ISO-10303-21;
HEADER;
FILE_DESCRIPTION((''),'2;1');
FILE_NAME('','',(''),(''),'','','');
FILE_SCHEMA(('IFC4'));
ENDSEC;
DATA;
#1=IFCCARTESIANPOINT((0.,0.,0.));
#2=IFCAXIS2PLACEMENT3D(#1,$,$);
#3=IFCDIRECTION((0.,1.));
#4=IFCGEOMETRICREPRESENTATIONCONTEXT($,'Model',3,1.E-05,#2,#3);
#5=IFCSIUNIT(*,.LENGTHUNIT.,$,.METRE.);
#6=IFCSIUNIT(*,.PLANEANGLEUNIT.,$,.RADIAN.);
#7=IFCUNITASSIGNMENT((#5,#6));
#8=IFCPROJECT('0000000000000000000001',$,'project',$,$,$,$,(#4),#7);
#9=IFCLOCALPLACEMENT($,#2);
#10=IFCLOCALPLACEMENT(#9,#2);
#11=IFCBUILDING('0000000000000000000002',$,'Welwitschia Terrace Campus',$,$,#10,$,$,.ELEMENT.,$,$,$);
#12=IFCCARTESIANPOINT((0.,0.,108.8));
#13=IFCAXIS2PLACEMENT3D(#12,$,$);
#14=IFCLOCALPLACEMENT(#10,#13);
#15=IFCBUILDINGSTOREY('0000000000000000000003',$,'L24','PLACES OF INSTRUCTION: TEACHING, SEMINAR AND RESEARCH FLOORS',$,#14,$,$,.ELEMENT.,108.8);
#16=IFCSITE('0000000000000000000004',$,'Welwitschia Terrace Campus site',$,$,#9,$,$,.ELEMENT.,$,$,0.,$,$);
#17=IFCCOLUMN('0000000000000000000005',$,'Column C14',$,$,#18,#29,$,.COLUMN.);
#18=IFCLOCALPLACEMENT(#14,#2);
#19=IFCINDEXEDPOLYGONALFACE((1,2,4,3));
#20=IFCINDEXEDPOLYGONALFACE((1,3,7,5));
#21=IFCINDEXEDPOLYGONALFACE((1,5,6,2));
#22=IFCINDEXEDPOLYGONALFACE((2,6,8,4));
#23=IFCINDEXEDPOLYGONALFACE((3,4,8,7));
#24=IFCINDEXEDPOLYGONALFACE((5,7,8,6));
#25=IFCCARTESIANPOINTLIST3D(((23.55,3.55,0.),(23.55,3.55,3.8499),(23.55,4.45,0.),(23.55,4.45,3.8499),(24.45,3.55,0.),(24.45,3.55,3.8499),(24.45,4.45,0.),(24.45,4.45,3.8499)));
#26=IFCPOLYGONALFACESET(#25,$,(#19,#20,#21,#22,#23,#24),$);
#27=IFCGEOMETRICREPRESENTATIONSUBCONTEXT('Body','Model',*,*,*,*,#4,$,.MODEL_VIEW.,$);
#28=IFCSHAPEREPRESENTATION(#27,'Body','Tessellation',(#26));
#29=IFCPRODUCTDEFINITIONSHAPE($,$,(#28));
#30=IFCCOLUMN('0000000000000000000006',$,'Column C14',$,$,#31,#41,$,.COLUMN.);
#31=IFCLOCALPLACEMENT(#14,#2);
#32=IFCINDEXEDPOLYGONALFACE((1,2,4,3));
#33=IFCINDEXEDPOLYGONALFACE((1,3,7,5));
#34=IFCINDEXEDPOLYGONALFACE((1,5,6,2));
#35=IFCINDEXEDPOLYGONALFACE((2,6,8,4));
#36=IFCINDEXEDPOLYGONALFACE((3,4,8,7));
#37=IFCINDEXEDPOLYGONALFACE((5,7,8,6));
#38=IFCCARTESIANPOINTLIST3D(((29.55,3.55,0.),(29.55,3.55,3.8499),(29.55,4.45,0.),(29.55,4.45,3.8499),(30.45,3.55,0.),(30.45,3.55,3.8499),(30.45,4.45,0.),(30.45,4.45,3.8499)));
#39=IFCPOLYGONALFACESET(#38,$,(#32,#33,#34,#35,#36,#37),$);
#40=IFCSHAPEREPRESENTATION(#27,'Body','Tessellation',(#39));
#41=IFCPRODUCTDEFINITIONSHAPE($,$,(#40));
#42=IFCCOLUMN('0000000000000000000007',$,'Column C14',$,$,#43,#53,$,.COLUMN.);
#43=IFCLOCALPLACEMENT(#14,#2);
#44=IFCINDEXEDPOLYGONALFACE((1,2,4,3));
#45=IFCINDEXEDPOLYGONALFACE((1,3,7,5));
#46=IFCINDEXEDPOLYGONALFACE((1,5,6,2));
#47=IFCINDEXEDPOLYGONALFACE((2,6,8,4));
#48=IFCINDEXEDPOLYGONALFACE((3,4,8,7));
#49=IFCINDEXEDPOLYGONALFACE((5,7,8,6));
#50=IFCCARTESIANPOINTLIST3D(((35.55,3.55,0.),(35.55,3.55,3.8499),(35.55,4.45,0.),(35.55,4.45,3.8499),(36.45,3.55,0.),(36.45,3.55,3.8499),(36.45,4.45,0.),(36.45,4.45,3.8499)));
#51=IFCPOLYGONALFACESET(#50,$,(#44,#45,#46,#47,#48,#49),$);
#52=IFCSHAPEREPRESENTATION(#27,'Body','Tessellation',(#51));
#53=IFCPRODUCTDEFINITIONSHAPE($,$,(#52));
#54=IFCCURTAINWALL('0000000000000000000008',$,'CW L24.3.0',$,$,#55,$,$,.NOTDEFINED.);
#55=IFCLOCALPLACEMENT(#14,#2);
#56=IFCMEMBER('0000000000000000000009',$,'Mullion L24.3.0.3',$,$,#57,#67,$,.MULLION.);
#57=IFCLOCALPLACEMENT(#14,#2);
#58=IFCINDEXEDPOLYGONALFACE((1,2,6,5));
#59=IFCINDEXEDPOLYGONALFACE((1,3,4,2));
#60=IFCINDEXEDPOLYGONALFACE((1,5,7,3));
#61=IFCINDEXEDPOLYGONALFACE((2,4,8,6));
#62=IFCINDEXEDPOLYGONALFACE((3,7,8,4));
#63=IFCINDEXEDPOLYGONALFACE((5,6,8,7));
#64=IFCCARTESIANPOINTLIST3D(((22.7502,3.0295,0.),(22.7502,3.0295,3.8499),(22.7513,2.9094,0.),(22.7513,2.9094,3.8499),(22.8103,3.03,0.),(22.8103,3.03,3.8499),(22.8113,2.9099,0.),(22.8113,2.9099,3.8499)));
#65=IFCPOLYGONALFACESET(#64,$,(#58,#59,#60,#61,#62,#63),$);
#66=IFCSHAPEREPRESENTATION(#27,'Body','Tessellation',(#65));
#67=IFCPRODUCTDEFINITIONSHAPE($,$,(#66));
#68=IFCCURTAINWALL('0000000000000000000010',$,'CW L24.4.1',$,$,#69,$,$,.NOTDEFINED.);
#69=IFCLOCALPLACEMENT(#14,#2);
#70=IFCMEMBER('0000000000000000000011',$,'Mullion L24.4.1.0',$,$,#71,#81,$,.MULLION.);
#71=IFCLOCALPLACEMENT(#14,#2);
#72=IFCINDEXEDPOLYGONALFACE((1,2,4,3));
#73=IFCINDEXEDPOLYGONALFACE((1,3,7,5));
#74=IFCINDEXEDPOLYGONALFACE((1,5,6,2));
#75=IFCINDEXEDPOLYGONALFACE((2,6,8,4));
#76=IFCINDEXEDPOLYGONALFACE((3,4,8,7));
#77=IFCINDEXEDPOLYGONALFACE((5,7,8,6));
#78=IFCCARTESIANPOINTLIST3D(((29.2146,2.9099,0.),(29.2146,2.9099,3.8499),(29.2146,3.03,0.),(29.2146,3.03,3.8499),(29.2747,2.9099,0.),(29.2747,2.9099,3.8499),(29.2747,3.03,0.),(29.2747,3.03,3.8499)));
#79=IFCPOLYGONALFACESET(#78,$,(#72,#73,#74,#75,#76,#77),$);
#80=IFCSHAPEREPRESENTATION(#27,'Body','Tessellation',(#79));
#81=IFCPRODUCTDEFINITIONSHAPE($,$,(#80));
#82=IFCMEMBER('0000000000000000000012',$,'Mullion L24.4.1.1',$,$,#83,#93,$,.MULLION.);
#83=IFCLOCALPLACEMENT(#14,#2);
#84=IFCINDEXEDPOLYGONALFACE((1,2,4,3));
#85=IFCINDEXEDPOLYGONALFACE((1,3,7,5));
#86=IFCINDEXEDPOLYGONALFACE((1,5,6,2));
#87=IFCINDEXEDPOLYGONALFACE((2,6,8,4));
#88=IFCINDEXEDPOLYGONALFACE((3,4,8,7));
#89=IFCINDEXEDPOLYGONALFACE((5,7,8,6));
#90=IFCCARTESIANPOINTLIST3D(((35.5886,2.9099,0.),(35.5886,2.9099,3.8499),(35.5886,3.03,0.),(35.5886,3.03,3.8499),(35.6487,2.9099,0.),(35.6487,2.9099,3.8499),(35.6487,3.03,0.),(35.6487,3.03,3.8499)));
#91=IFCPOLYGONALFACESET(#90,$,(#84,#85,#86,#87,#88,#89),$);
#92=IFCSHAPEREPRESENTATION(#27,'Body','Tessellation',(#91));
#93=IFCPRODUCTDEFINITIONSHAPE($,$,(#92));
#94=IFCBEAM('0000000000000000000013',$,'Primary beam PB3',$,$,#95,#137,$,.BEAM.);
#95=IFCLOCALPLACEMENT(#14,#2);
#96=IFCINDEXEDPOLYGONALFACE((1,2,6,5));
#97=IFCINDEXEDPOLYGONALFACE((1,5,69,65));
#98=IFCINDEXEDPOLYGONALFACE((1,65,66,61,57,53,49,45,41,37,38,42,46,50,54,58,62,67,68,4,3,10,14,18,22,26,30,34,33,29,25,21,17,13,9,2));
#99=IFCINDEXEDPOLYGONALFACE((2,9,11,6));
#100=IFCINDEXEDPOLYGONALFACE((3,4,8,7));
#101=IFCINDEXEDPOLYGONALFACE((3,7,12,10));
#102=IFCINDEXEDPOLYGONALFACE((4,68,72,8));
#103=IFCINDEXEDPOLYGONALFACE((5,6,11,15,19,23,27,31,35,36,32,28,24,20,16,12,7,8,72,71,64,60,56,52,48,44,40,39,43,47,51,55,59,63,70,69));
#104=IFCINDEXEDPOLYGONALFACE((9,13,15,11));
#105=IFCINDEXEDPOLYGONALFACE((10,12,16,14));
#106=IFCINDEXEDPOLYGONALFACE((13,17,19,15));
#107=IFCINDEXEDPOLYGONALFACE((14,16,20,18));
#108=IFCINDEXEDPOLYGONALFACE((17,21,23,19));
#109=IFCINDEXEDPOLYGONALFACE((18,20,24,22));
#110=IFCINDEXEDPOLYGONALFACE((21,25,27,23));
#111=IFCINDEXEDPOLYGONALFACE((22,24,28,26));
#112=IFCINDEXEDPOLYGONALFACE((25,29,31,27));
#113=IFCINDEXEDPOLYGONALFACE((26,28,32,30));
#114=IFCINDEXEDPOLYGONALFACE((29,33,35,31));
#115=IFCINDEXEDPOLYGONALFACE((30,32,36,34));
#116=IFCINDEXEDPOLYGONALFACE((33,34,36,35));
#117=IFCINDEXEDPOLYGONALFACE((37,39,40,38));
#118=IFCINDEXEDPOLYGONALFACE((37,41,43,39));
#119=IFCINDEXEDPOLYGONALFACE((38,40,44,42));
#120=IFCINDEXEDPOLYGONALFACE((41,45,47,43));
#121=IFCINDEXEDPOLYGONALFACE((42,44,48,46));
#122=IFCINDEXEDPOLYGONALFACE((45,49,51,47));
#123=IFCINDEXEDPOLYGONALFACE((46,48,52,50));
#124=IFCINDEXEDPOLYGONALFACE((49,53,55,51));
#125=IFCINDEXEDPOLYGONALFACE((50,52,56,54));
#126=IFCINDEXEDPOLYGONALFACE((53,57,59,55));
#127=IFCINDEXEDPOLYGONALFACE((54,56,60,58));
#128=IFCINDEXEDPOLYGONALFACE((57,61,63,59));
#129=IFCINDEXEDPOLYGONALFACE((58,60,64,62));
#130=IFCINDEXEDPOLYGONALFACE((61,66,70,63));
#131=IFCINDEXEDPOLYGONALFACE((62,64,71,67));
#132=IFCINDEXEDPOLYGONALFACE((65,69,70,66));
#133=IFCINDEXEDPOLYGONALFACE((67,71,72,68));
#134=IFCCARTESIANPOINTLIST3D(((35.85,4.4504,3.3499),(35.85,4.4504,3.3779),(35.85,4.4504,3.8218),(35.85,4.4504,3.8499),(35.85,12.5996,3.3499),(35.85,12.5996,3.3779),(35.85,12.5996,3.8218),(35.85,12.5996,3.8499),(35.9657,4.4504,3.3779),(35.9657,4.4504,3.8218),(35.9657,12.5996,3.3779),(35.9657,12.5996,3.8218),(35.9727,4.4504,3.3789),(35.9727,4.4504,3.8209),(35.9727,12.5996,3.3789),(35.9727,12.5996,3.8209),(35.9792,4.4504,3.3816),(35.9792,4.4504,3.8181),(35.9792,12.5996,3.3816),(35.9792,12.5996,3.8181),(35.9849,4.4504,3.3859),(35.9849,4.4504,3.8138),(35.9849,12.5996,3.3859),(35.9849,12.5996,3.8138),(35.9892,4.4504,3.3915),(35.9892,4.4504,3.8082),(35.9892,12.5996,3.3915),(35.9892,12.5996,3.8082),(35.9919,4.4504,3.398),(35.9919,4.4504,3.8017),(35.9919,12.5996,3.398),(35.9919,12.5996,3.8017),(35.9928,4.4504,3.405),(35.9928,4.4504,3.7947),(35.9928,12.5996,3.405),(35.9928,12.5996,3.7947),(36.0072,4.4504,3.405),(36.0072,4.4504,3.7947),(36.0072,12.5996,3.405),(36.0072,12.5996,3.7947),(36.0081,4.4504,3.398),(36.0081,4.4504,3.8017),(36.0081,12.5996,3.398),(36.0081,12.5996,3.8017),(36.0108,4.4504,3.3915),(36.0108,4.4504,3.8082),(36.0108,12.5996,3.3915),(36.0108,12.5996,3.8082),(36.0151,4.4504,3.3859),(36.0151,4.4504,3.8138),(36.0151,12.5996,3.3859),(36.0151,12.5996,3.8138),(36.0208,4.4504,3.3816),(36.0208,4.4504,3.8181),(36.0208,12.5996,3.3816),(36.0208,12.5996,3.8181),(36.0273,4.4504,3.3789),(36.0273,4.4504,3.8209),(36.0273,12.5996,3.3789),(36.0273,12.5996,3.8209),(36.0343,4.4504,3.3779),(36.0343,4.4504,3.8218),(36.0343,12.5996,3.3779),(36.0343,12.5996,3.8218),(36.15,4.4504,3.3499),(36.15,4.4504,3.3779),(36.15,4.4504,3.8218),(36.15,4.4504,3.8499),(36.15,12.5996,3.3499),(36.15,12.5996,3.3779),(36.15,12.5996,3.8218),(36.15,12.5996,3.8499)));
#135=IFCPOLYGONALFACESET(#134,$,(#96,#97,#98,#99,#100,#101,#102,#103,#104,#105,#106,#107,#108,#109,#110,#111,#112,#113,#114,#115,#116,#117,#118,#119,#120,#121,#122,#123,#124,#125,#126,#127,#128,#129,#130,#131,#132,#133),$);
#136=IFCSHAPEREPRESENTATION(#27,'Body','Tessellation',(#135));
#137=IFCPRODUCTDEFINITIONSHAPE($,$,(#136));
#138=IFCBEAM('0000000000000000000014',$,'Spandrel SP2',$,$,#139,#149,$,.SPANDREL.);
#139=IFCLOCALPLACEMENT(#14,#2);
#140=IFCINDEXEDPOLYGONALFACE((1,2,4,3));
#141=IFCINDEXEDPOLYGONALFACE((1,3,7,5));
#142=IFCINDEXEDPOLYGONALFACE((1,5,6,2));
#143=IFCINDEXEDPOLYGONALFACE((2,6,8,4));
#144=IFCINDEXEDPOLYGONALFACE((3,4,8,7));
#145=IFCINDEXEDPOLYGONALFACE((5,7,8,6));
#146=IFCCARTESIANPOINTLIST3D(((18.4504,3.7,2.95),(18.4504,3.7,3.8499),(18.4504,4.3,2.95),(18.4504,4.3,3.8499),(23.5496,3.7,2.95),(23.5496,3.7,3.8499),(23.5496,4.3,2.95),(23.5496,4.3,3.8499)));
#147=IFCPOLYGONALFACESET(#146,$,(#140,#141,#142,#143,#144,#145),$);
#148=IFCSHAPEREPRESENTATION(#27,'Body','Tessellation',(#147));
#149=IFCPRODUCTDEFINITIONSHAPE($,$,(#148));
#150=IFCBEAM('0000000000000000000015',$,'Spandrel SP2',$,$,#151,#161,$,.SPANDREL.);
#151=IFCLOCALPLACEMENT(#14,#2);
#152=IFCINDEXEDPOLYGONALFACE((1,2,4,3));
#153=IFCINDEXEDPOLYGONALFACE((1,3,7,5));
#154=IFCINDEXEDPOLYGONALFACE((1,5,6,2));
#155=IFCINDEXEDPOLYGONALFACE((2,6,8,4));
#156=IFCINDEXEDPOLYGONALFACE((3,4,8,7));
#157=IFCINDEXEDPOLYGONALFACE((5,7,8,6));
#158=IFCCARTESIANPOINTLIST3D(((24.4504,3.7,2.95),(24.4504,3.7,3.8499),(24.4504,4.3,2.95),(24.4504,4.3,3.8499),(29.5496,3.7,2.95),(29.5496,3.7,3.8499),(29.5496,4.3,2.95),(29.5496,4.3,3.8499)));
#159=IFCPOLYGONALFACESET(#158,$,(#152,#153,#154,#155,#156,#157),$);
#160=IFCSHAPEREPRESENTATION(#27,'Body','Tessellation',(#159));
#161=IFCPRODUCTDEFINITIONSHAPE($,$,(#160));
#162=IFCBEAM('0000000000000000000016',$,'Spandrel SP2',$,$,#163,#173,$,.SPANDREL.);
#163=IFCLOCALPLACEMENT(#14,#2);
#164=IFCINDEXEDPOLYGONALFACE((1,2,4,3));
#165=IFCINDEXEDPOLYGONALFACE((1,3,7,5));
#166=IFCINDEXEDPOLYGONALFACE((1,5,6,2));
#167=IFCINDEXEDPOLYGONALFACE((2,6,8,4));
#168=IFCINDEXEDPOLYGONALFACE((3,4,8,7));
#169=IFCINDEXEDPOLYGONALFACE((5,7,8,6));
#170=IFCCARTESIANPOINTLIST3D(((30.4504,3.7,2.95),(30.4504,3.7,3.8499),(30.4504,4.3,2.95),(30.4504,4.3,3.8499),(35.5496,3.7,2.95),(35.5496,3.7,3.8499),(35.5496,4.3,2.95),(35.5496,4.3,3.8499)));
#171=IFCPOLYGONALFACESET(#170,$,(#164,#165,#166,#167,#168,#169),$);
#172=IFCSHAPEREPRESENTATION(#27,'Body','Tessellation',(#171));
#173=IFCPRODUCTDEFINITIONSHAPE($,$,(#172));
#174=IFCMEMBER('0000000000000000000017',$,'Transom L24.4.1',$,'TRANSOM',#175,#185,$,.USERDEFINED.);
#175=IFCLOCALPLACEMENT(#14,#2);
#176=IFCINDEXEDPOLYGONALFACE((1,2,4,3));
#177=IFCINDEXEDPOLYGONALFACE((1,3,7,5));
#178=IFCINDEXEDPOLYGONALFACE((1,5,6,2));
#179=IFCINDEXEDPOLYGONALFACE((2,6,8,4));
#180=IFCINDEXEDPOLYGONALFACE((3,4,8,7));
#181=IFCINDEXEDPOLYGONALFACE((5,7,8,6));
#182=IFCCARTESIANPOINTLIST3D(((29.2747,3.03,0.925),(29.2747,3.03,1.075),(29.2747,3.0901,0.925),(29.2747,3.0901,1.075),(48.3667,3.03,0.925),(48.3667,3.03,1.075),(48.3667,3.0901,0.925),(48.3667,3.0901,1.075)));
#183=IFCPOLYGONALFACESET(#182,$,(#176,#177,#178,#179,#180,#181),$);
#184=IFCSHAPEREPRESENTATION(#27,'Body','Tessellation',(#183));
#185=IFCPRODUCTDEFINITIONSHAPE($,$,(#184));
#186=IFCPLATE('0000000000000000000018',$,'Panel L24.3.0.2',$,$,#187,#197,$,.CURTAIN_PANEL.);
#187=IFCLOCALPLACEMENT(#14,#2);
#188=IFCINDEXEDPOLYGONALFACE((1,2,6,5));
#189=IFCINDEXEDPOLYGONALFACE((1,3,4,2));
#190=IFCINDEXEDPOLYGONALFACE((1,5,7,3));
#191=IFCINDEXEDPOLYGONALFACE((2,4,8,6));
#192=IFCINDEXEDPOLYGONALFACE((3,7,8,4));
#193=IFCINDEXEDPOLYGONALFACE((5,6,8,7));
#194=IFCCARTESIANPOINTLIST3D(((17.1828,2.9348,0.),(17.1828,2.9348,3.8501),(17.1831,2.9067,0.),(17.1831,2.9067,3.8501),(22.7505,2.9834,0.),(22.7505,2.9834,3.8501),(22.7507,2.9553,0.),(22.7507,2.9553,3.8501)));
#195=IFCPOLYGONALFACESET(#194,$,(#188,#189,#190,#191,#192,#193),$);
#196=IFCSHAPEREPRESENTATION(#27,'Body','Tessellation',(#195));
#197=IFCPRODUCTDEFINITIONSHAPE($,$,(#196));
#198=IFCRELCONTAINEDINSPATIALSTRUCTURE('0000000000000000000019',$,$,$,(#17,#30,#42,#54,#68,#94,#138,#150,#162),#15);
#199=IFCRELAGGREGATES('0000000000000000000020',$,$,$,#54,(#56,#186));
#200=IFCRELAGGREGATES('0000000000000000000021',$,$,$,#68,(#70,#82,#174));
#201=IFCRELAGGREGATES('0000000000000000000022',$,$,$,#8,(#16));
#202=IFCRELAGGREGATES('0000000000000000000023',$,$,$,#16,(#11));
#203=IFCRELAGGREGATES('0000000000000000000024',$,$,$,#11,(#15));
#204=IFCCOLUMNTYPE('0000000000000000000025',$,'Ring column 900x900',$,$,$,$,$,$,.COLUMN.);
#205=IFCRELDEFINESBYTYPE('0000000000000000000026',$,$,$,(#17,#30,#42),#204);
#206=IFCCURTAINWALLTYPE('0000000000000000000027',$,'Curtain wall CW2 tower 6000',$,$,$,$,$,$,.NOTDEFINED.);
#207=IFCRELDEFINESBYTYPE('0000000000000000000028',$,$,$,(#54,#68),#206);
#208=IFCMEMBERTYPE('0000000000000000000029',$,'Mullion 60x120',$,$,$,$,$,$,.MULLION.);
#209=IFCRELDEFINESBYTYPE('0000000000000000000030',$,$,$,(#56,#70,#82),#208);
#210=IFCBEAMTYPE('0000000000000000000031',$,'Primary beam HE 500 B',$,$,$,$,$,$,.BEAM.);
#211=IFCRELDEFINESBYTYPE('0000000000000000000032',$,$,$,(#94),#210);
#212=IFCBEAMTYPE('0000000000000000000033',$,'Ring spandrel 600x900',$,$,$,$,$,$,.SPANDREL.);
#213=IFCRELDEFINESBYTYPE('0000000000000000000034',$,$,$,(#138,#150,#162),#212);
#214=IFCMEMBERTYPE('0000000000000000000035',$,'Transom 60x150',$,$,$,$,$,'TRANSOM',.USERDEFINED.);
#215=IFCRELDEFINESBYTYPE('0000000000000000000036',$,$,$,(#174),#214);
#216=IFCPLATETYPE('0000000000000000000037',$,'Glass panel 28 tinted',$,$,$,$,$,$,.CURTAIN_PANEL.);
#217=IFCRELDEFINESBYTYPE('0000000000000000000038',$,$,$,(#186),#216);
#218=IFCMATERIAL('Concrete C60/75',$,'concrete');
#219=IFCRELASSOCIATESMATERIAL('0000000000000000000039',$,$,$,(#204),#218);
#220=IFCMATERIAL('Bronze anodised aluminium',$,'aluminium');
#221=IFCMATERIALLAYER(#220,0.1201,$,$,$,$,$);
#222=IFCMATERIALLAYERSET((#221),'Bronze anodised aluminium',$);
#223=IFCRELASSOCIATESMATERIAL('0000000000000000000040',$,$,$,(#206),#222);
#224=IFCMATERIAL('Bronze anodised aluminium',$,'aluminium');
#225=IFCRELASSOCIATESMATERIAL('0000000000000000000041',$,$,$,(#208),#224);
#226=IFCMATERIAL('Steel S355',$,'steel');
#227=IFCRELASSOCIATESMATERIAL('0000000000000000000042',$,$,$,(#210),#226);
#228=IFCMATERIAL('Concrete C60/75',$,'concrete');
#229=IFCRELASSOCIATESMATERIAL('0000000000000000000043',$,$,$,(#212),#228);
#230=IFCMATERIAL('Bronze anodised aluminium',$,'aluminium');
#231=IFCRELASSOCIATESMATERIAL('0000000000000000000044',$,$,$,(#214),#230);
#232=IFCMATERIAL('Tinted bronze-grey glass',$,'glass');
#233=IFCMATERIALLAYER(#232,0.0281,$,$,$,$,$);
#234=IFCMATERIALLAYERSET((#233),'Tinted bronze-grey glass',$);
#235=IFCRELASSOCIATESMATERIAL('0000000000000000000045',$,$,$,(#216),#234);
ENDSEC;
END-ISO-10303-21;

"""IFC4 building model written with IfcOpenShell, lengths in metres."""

from ifc_helpers import new_model, si_unit, direction, frame, origin, origin_2d, place, context, subcontext, project, spatial, rectangle, i_section, extrude, material, layer, layer_set, material_profile, profile_set, type_object, element, aggregate, save


model = new_model("IFC4")

# Units and contexts
model_context = context("Model", 3, precision=1e-05, world=origin(), true_north=direction((0.0, 1.0)))
body_context = subcontext(model_context, "Body", "Model", "MODEL_VIEW")
ifc_project = project(units=[si_unit("LENGTHUNIT", "METRE"), si_unit("PLANEANGLEUNIT", "RADIAN")], contexts=[model_context])

# Site, building, storey
site_placement = place(None, origin())
site = spatial("IfcSite", under=ifc_project, at=site_placement, Name="Welwitschia Terrace Campus site", CompositionType="ELEMENT", RefElevation=0.0)
building_placement = place(site_placement, origin())
building = spatial("IfcBuilding", under=site, at=building_placement, Name="Welwitschia Terrace Campus", CompositionType="ELEMENT")
storey_placement = place(building_placement, frame((0.0, 0.0, 108.8)))
storey = spatial("IfcBuildingStorey", under=building, at=storey_placement, Name="L24", Description="PLACES OF INSTRUCTION: TEACHING, SEMINAR AND RESEARCH FLOORS", CompositionType="ELEMENT", Elevation=108.8)

# Columns
ifc_material_1 = material(Name="Concrete C60/75", Category="concrete")
ifc_material_profile_1 = material_profile(ifc_material_1, rectangle(XDim=0.8999, YDim=0.8999, at=origin_2d()))
ifc_profile_set_1 = profile_set([ifc_material_profile_1], Name="Concrete C60/75")
column_type = type_object("IfcColumnType", Name="Ring column 900x900", PredefinedType="COLUMN", material=ifc_profile_set_1)
for number, where, z_axis, x_axis, name in (
    (1, (24.0, 4.0, 0.0), (0.0, 0.0, 1.0), (1.0, 0.0, 0.0), "Column C14"),
    (2, (30.0, 4.0, 0.0), (0.0, 0.0, 1.0), (1.0, 0.0, 0.0), "Column C14"),
    (3, (36.0, 4.0, 0.0), (0.0, 0.0, 1.0), (1.0, 0.0, 0.0), "Column C14"),
):
    element("IfcColumn", number, at=place(storey_placement, frame(where, z_axis=z_axis, x_axis=x_axis)), inside=storey, type_object=column_type, Name=name, PredefinedType="COLUMN", context=body_context, shape_type="SweptSolid", body=[
        extrude(rectangle(XDim=0.8999, YDim=0.8999, at=origin_2d()), origin(), (0.0, 0.0, 1.0), 3.8499),
    ])

# Curtain wall, member
ifc_material_2 = material(Name="Bronze anodised aluminium", Category="aluminium")
ifc_layer_1 = layer(ifc_material_2, 0.1201)
ifc_layer_set_1 = layer_set([ifc_layer_1], Name="Bronze anodised aluminium")
curtain_wall_type = type_object("IfcCurtainWallType", Name="Curtain wall CW2 tower 6000", PredefinedType="NOTDEFINED", material=ifc_layer_set_1)
curtain_wall_1_placement = place(storey_placement, origin())
curtain_wall_1 = element("IfcCurtainWall", 4, at=curtain_wall_1_placement, inside=storey, type_object=curtain_wall_type, Name="CW L24.3.0", PredefinedType="NOTDEFINED")
ifc_material_3 = material(Name="Bronze anodised aluminium", Category="aluminium")
ifc_material_profile_2 = material_profile(ifc_material_3, rectangle(XDim=0.1201, YDim=0.0601, at=origin_2d()))
ifc_profile_set_2 = profile_set([ifc_material_profile_2], Name="Bronze anodised aluminium")
member_type_1 = type_object("IfcMemberType", Name="Mullion 60x120", PredefinedType="MULLION", material=ifc_profile_set_2)
member_1_placement = place(storey_placement, frame((22.7808, 2.9697, 0.0), z_axis=(0.0, 0.0, 1.0), x_axis=(-0.008727, 0.999962, 0.0)))
member_1 = element("IfcMember", 5, at=member_1_placement, type_object=member_type_1, Name="Mullion L24.3.0.3", PredefinedType="MULLION", context=body_context, shape_type="SweptSolid", body=[
    extrude(rectangle(XDim=0.1201, YDim=0.0601, at=origin_2d()), origin(), (0.0, 0.0, 1.0), 3.8499),
])

# Curtain wall, members
curtain_wall_2_placement = place(storey_placement, origin())
curtain_wall_2 = element("IfcCurtainWall", 6, at=curtain_wall_2_placement, inside=storey, type_object=curtain_wall_type, Name="CW L24.4.1", PredefinedType="NOTDEFINED")
member_2_placement = place(storey_placement, frame((29.2446, 2.97, 0.0), z_axis=(0.0, 0.0, 1.0), x_axis=(0.0, 1.0, 0.0)))
member_2 = element("IfcMember", 7, at=member_2_placement, type_object=member_type_1, Name="Mullion L24.4.1.0", PredefinedType="MULLION", context=body_context, shape_type="SweptSolid", body=[
    extrude(rectangle(XDim=0.1201, YDim=0.0601, at=origin_2d()), origin(), (0.0, 0.0, 1.0), 3.8499),
])
member_3_placement = place(storey_placement, frame((35.6187, 2.97, 0.0), z_axis=(0.0, 0.0, 1.0), x_axis=(0.0, 1.0, 0.0)))
member_3 = element("IfcMember", 8, at=member_3_placement, type_object=member_type_1, Name="Mullion L24.4.1.1", PredefinedType="MULLION", context=body_context, shape_type="SweptSolid", body=[
    extrude(rectangle(XDim=0.1201, YDim=0.0601, at=origin_2d()), origin(), (0.0, 0.0, 1.0), 3.8499),
])

# Beams
ifc_material_4 = material(Name="Steel S355", Category="steel")
ifc_material_profile_3 = material_profile(ifc_material_4, i_section(OverallWidth=0.3, OverallDepth=0.5, WebThickness=0.0144, FlangeThickness=0.0281, FilletRadius=0.0271, at=origin_2d()))
ifc_profile_set_3 = profile_set([ifc_material_profile_3], Name="Steel S355")
beam_type_1 = type_object("IfcBeamType", Name="Primary beam HE 500 B", PredefinedType="BEAM", material=ifc_profile_set_3)
beam_placement = place(storey_placement, frame((36.0, 4.4504, 3.5999), z_axis=(0.0, 1.0, 0.0), x_axis=(-1.0, 0.0, 0.0)))
element("IfcBeam", 9, at=beam_placement, inside=storey, type_object=beam_type_1, Name="Primary beam PB3", PredefinedType="BEAM", context=body_context, shape_type="SweptSolid", body=[
    extrude(i_section(OverallWidth=0.3, OverallDepth=0.5, WebThickness=0.0144, FlangeThickness=0.0281, FilletRadius=0.0271, at=origin_2d()), origin(), (0.0, 0.0, 1.0), 8.1492),
])
ifc_material_5 = material(Name="Concrete C60/75", Category="concrete")
ifc_material_profile_4 = material_profile(ifc_material_5, rectangle(XDim=0.6001, YDim=0.8999, at=origin_2d()))
ifc_profile_set_4 = profile_set([ifc_material_profile_4], Name="Concrete C60/75")
beam_type_2 = type_object("IfcBeamType", Name="Ring spandrel 600x900", PredefinedType="SPANDREL", material=ifc_profile_set_4)
for number, where, z_axis, x_axis, name in (
    (10, (18.4504, 4.0, 3.3999), (1.0, 0.0, 0.0), (0.0, 1.0, 0.0), "Spandrel SP2"),
    (11, (24.4504, 4.0, 3.3999), (1.0, 0.0, 0.0), (0.0, 1.0, 0.0), "Spandrel SP2"),
    (12, (30.4504, 4.0, 3.3999), (1.0, 0.0, 0.0), (0.0, 1.0, 0.0), "Spandrel SP2"),
):
    element("IfcBeam", number, at=place(storey_placement, frame(where, z_axis=z_axis, x_axis=x_axis)), inside=storey, type_object=beam_type_2, Name=name, PredefinedType="SPANDREL", context=body_context, shape_type="SweptSolid", body=[
        extrude(rectangle(XDim=0.6001, YDim=0.8999, at=origin_2d()), origin(), (0.0, 0.0, 1.0), 5.0991),
    ])

# Member
ifc_material_6 = material(Name="Bronze anodised aluminium", Category="aluminium")
ifc_material_profile_5 = material_profile(ifc_material_6, rectangle(XDim=0.0601, YDim=0.1499, at=origin_2d()))
ifc_profile_set_5 = profile_set([ifc_material_profile_5], Name="Bronze anodised aluminium")
member_type_2 = type_object("IfcMemberType", Name="Transom 60x150", ElementType="TRANSOM", PredefinedType="USERDEFINED", material=ifc_profile_set_5)
member_4_placement = place(storey_placement, frame((29.2747, 3.0601, 1.0), z_axis=(1.0, 0.0, 0.0), x_axis=(0.0, 1.0, 0.0)))
member_4 = element("IfcMember", 13, at=member_4_placement, type_object=member_type_2, Name="Transom L24.4.1", ObjectType="TRANSOM", PredefinedType="USERDEFINED", context=body_context, shape_type="SweptSolid", body=[
    extrude(rectangle(XDim=0.0601, YDim=0.1499, at=origin_2d()), origin(), (0.0, 0.0, 1.0), 19.092),
])

# Plate
ifc_material_7 = material(Name="Tinted bronze-grey glass", Category="glass")
ifc_layer_2 = layer(ifc_material_7, 0.0281)
ifc_layer_set_2 = layer_set([ifc_layer_2], Name="Tinted bronze-grey glass")
plate_type = type_object("IfcPlateType", Name="Glass panel 28 tinted", PredefinedType="CURTAIN_PANEL", material=ifc_layer_set_2)
plate_1_placement = place(storey_placement, frame((19.9668, 2.9451, 0.0), z_axis=(0.0, 0.0, 1.0), x_axis=(0.999962, 0.008727, 0.0)))
plate_1 = element("IfcPlate", 14, at=plate_1_placement, type_object=plate_type, Name="Panel L24.3.0.2", PredefinedType="CURTAIN_PANEL", context=body_context, shape_type="SweptSolid", body=[
    extrude(rectangle(XDim=5.5679, YDim=0.0281, at=origin_2d()), origin(), (0.0, 0.0, 1.0), 3.8501),
])
aggregate(curtain_wall_1, [member_1, plate_1])
aggregate(curtain_wall_2, [member_2, member_3, member_4])

save(model, "model.ifc")
